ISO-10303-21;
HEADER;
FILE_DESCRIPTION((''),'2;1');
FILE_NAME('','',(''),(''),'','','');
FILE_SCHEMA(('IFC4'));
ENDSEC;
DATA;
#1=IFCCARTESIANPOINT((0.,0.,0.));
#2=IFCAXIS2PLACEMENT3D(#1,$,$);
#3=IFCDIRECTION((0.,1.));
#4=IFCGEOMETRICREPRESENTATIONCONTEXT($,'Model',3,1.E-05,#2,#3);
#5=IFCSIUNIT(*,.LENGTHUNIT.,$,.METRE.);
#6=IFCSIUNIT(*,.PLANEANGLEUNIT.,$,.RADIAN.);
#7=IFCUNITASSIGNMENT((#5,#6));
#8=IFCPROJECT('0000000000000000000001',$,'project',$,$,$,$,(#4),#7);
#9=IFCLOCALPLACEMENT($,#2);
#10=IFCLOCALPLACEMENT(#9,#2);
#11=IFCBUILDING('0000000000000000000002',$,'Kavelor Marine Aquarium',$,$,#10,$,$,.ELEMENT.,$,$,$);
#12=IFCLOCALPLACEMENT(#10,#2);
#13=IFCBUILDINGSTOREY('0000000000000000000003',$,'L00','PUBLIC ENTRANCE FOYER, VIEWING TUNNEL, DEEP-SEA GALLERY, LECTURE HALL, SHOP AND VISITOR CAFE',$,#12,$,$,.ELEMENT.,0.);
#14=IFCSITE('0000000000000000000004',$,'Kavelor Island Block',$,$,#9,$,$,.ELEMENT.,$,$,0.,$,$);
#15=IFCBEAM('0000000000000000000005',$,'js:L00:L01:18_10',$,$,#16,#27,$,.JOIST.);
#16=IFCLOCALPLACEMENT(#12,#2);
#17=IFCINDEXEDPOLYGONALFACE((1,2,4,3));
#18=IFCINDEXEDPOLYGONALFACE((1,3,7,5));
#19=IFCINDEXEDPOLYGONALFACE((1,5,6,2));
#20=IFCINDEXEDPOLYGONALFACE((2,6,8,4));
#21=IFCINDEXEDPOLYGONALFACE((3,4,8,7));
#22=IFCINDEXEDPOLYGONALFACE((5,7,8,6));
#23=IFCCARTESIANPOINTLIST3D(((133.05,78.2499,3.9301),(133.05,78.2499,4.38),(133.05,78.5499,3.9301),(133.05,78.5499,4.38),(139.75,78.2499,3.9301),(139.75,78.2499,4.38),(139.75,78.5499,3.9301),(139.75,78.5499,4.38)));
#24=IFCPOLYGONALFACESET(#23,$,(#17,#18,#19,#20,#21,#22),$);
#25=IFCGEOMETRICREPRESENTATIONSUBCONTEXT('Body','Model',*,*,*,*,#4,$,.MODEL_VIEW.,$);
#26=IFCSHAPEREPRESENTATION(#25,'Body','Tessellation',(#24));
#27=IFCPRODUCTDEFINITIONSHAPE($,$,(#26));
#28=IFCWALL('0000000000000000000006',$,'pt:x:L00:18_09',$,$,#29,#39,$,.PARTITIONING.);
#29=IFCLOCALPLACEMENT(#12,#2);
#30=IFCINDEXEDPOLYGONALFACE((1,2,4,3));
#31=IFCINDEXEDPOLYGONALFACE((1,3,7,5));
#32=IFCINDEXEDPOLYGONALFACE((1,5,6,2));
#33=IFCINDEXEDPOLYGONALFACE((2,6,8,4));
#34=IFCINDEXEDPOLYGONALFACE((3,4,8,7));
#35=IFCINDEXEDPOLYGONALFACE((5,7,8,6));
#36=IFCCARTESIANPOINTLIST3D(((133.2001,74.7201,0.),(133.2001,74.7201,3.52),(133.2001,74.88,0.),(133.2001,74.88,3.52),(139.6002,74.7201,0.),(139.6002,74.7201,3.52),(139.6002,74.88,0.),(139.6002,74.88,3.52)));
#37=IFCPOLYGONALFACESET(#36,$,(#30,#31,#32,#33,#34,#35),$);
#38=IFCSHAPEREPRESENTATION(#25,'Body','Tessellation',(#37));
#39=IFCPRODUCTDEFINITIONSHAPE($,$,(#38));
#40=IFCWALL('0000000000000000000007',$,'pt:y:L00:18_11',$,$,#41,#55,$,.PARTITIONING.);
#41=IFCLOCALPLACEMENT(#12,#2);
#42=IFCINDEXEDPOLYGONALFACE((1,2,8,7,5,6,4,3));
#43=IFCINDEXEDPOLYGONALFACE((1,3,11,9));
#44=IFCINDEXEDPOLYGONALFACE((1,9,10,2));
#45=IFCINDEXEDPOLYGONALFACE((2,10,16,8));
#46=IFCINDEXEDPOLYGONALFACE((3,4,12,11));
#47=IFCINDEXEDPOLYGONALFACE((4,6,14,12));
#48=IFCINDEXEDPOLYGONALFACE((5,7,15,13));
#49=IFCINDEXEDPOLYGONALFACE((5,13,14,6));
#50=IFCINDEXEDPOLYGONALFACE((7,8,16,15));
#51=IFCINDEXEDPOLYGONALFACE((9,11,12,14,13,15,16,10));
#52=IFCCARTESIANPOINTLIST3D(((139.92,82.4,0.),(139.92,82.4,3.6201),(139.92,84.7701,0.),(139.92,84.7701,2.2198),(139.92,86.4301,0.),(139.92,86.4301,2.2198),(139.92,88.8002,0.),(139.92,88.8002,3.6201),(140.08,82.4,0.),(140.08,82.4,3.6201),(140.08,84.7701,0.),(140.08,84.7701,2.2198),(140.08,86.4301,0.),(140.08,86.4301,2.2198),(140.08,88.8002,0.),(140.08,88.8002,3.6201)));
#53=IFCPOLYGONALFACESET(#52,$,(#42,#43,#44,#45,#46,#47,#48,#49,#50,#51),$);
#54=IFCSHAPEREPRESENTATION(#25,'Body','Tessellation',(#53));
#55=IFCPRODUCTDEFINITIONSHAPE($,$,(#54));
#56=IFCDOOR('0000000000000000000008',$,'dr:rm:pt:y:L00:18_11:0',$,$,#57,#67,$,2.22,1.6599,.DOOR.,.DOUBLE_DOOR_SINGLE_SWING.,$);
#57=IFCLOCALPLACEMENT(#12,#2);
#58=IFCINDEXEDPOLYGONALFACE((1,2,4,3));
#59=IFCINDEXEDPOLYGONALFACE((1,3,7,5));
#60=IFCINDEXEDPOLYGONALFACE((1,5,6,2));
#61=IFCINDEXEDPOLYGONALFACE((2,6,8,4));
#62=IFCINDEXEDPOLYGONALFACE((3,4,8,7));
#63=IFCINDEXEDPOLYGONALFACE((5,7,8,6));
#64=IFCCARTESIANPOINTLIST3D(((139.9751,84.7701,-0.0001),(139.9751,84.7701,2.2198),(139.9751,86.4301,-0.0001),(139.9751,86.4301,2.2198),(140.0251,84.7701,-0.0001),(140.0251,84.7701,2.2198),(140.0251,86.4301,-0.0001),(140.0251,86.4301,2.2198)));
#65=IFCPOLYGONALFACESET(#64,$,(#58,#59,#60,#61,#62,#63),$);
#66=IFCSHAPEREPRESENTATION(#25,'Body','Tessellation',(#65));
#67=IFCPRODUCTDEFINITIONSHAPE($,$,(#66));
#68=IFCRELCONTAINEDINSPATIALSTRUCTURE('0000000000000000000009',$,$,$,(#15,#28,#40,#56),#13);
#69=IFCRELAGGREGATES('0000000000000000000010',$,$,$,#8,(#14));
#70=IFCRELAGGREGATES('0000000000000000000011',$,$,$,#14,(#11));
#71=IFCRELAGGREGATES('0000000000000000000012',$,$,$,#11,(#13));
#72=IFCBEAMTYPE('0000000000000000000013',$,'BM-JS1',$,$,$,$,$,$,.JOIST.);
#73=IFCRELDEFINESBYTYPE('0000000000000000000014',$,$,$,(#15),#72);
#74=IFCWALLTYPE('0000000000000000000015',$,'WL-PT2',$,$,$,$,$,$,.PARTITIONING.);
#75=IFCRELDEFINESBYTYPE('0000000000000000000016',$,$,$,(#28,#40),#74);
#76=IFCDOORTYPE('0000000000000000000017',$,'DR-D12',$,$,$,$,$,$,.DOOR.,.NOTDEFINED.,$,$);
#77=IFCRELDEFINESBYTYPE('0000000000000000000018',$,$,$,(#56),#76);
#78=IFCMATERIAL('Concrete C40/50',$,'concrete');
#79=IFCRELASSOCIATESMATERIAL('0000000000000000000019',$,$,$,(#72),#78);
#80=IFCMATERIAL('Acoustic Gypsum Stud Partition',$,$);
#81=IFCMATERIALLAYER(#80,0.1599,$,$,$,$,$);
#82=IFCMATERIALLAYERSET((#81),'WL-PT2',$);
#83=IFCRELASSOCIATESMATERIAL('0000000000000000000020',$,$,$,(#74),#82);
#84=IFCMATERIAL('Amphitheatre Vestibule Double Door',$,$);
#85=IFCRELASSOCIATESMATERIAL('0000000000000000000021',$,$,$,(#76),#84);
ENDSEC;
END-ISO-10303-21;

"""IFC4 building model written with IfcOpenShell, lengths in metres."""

from ifc_helpers import new_model, si_unit, direction, frame, frame_2d, origin, origin_2d, place, context, subcontext, project, spatial, rectangle, extrude, material, layer, layer_set, material_profile, profile_set, type_object, element, fill, save


model = new_model("IFC4")

# Units and contexts
model_context = context("Model", 3, precision=1e-05, world=origin(), true_north=direction((0.0, 1.0)))
body_context = subcontext(model_context, "Body", "Model", "MODEL_VIEW")
ifc_project = project(units=[si_unit("LENGTHUNIT", "METRE"), si_unit("PLANEANGLEUNIT", "RADIAN")], contexts=[model_context])

# Site, building, storey
site_placement = place(None, origin())
site = spatial("IfcSite", under=ifc_project, at=site_placement, Name="Kavelor Island Block", CompositionType="ELEMENT", RefElevation=0.0)
building_placement = place(site_placement, origin())
building = spatial("IfcBuilding", under=site, at=building_placement, Name="Kavelor Marine Aquarium", CompositionType="ELEMENT")
storey_placement = place(building_placement, origin())
storey = spatial("IfcBuildingStorey", under=building, at=storey_placement, Name="L00", Description="PUBLIC ENTRANCE FOYER, VIEWING TUNNEL, DEEP-SEA GALLERY, LECTURE HALL, SHOP AND VISITOR CAFE", CompositionType="ELEMENT", Elevation=0.0)

# Beam
ifc_material_1 = material(Name="Concrete C40/50", Category="concrete")
ifc_material_profile_1 = material_profile(ifc_material_1, rectangle(XDim=0.3, YDim=0.45, at=origin_2d()), Name="RC-JS 300x450")
ifc_profile_set_1 = profile_set([ifc_material_profile_1], Name="Concrete C40/50")
beam_type_1 = type_object("IfcBeamType", Name="BM-JS1", PredefinedType="JOIST", material=ifc_profile_set_1)
beam_1_placement = place(storey_placement, frame((133.05, 78.3999, 4.155), z_axis=(1.0, 0.0, 0.0), x_axis=(0.0, 1.0, 0.0)))
element("IfcBeam", 1, at=beam_1_placement, inside=storey, type_object=beam_type_1, Name="js:L00:L01:18_10", PredefinedType="JOIST", context=body_context, shape_type="SweptSolid", body=[
    extrude(rectangle(XDim=0.3, YDim=0.45, at=origin_2d()), origin(), (0.0, 0.0, 1.0), 6.7),
])

# Wall
ifc_material_2 = material(Name="Acoustic Gypsum Stud Partition")
ifc_layer = layer(ifc_material_2, 0.1599)
ifc_layer_set = layer_set([ifc_layer], Name="WL-PT2")
wall_type = type_object("IfcWallType", Name="WL-PT2", PredefinedType="PARTITIONING", material=ifc_layer_set)
wall_1_placement = place(storey_placement, frame((133.2, 74.8, 0.0), z_axis=(0.0, 0.0, 1.0), x_axis=(1.0, 0.0, 0.0)))
element("IfcWall", 2, at=wall_1_placement, inside=storey, type_object=wall_type, Name="pt:x:L00:18_09", PredefinedType="PARTITIONING", context=body_context, shape_type="SweptSolid", body=[
    extrude(rectangle(XDim=6.4001, YDim=0.1599, at=frame_2d((3.2002, 0.0))), origin(), (0.0, 0.0, 1.0), 3.52),
])

# Wall, opening, door
wall_2_placement = place(storey_placement, frame((140.0, 82.3999, 0.0), z_axis=(0.0, 0.0, 1.0), x_axis=(0.0, 1.0, 0.0)))
wall_2 = element("IfcWall", 3, at=wall_2_placement, inside=storey, type_object=wall_type, Name="pt:y:L00:18_11", PredefinedType="PARTITIONING", context=body_context, shape_type="SweptSolid", body=[
    extrude(rectangle(XDim=6.4001, YDim=0.1599, at=frame_2d((3.2002, 0.0))), origin(), (0.0, 0.0, 1.0), 3.6201),
])
opening_placement = place(wall_2_placement, frame((2.3701, 0.0, 0.0)))
opening = element("IfcOpeningElement", 4, at=opening_placement, cuts=wall_2, PredefinedType="OPENING", context=body_context, shape_type="SweptSolid", body=[
    extrude(rectangle(XDim=1.6599, YDim=2.22, at=frame_2d((0.8301, 1.1099))), frame((0.0, 0.0898, 0.0), z_axis=(0.0, -1.0, 0.0), x_axis=(1.0, 0.0, 0.0)), (0.0, 0.0, 1.0), 0.1799),
])
ifc_material_3 = material(Name="Amphitheatre Vestibule Double Door")
door_type = type_object("IfcDoorType", Name="DR-D12", OperationType="NOTDEFINED", PredefinedType="DOOR", material=ifc_material_3)
door_placement = place(opening_placement, origin())
door = element("IfcDoor", 5, at=door_placement, inside=storey, type_object=door_type, Name="dr:rm:pt:y:L00:18_11:0", OperationType="DOUBLE_DOOR_SINGLE_SWING", OverallHeight=2.22, OverallWidth=1.6599, PredefinedType="DOOR", context=body_context, shape_type="SweptSolid", body=[
    extrude(rectangle(XDim=1.6599, YDim=2.22, at=frame_2d((0.8301, 1.1099))), frame((0.0, 0.0249, 0.0), z_axis=(0.0, -1.0, 0.0), x_axis=(1.0, 0.0, 0.0)), (0.0, 0.0, 1.0), 0.05),
])
fill(opening, door)

save(model, "model.ifc")
